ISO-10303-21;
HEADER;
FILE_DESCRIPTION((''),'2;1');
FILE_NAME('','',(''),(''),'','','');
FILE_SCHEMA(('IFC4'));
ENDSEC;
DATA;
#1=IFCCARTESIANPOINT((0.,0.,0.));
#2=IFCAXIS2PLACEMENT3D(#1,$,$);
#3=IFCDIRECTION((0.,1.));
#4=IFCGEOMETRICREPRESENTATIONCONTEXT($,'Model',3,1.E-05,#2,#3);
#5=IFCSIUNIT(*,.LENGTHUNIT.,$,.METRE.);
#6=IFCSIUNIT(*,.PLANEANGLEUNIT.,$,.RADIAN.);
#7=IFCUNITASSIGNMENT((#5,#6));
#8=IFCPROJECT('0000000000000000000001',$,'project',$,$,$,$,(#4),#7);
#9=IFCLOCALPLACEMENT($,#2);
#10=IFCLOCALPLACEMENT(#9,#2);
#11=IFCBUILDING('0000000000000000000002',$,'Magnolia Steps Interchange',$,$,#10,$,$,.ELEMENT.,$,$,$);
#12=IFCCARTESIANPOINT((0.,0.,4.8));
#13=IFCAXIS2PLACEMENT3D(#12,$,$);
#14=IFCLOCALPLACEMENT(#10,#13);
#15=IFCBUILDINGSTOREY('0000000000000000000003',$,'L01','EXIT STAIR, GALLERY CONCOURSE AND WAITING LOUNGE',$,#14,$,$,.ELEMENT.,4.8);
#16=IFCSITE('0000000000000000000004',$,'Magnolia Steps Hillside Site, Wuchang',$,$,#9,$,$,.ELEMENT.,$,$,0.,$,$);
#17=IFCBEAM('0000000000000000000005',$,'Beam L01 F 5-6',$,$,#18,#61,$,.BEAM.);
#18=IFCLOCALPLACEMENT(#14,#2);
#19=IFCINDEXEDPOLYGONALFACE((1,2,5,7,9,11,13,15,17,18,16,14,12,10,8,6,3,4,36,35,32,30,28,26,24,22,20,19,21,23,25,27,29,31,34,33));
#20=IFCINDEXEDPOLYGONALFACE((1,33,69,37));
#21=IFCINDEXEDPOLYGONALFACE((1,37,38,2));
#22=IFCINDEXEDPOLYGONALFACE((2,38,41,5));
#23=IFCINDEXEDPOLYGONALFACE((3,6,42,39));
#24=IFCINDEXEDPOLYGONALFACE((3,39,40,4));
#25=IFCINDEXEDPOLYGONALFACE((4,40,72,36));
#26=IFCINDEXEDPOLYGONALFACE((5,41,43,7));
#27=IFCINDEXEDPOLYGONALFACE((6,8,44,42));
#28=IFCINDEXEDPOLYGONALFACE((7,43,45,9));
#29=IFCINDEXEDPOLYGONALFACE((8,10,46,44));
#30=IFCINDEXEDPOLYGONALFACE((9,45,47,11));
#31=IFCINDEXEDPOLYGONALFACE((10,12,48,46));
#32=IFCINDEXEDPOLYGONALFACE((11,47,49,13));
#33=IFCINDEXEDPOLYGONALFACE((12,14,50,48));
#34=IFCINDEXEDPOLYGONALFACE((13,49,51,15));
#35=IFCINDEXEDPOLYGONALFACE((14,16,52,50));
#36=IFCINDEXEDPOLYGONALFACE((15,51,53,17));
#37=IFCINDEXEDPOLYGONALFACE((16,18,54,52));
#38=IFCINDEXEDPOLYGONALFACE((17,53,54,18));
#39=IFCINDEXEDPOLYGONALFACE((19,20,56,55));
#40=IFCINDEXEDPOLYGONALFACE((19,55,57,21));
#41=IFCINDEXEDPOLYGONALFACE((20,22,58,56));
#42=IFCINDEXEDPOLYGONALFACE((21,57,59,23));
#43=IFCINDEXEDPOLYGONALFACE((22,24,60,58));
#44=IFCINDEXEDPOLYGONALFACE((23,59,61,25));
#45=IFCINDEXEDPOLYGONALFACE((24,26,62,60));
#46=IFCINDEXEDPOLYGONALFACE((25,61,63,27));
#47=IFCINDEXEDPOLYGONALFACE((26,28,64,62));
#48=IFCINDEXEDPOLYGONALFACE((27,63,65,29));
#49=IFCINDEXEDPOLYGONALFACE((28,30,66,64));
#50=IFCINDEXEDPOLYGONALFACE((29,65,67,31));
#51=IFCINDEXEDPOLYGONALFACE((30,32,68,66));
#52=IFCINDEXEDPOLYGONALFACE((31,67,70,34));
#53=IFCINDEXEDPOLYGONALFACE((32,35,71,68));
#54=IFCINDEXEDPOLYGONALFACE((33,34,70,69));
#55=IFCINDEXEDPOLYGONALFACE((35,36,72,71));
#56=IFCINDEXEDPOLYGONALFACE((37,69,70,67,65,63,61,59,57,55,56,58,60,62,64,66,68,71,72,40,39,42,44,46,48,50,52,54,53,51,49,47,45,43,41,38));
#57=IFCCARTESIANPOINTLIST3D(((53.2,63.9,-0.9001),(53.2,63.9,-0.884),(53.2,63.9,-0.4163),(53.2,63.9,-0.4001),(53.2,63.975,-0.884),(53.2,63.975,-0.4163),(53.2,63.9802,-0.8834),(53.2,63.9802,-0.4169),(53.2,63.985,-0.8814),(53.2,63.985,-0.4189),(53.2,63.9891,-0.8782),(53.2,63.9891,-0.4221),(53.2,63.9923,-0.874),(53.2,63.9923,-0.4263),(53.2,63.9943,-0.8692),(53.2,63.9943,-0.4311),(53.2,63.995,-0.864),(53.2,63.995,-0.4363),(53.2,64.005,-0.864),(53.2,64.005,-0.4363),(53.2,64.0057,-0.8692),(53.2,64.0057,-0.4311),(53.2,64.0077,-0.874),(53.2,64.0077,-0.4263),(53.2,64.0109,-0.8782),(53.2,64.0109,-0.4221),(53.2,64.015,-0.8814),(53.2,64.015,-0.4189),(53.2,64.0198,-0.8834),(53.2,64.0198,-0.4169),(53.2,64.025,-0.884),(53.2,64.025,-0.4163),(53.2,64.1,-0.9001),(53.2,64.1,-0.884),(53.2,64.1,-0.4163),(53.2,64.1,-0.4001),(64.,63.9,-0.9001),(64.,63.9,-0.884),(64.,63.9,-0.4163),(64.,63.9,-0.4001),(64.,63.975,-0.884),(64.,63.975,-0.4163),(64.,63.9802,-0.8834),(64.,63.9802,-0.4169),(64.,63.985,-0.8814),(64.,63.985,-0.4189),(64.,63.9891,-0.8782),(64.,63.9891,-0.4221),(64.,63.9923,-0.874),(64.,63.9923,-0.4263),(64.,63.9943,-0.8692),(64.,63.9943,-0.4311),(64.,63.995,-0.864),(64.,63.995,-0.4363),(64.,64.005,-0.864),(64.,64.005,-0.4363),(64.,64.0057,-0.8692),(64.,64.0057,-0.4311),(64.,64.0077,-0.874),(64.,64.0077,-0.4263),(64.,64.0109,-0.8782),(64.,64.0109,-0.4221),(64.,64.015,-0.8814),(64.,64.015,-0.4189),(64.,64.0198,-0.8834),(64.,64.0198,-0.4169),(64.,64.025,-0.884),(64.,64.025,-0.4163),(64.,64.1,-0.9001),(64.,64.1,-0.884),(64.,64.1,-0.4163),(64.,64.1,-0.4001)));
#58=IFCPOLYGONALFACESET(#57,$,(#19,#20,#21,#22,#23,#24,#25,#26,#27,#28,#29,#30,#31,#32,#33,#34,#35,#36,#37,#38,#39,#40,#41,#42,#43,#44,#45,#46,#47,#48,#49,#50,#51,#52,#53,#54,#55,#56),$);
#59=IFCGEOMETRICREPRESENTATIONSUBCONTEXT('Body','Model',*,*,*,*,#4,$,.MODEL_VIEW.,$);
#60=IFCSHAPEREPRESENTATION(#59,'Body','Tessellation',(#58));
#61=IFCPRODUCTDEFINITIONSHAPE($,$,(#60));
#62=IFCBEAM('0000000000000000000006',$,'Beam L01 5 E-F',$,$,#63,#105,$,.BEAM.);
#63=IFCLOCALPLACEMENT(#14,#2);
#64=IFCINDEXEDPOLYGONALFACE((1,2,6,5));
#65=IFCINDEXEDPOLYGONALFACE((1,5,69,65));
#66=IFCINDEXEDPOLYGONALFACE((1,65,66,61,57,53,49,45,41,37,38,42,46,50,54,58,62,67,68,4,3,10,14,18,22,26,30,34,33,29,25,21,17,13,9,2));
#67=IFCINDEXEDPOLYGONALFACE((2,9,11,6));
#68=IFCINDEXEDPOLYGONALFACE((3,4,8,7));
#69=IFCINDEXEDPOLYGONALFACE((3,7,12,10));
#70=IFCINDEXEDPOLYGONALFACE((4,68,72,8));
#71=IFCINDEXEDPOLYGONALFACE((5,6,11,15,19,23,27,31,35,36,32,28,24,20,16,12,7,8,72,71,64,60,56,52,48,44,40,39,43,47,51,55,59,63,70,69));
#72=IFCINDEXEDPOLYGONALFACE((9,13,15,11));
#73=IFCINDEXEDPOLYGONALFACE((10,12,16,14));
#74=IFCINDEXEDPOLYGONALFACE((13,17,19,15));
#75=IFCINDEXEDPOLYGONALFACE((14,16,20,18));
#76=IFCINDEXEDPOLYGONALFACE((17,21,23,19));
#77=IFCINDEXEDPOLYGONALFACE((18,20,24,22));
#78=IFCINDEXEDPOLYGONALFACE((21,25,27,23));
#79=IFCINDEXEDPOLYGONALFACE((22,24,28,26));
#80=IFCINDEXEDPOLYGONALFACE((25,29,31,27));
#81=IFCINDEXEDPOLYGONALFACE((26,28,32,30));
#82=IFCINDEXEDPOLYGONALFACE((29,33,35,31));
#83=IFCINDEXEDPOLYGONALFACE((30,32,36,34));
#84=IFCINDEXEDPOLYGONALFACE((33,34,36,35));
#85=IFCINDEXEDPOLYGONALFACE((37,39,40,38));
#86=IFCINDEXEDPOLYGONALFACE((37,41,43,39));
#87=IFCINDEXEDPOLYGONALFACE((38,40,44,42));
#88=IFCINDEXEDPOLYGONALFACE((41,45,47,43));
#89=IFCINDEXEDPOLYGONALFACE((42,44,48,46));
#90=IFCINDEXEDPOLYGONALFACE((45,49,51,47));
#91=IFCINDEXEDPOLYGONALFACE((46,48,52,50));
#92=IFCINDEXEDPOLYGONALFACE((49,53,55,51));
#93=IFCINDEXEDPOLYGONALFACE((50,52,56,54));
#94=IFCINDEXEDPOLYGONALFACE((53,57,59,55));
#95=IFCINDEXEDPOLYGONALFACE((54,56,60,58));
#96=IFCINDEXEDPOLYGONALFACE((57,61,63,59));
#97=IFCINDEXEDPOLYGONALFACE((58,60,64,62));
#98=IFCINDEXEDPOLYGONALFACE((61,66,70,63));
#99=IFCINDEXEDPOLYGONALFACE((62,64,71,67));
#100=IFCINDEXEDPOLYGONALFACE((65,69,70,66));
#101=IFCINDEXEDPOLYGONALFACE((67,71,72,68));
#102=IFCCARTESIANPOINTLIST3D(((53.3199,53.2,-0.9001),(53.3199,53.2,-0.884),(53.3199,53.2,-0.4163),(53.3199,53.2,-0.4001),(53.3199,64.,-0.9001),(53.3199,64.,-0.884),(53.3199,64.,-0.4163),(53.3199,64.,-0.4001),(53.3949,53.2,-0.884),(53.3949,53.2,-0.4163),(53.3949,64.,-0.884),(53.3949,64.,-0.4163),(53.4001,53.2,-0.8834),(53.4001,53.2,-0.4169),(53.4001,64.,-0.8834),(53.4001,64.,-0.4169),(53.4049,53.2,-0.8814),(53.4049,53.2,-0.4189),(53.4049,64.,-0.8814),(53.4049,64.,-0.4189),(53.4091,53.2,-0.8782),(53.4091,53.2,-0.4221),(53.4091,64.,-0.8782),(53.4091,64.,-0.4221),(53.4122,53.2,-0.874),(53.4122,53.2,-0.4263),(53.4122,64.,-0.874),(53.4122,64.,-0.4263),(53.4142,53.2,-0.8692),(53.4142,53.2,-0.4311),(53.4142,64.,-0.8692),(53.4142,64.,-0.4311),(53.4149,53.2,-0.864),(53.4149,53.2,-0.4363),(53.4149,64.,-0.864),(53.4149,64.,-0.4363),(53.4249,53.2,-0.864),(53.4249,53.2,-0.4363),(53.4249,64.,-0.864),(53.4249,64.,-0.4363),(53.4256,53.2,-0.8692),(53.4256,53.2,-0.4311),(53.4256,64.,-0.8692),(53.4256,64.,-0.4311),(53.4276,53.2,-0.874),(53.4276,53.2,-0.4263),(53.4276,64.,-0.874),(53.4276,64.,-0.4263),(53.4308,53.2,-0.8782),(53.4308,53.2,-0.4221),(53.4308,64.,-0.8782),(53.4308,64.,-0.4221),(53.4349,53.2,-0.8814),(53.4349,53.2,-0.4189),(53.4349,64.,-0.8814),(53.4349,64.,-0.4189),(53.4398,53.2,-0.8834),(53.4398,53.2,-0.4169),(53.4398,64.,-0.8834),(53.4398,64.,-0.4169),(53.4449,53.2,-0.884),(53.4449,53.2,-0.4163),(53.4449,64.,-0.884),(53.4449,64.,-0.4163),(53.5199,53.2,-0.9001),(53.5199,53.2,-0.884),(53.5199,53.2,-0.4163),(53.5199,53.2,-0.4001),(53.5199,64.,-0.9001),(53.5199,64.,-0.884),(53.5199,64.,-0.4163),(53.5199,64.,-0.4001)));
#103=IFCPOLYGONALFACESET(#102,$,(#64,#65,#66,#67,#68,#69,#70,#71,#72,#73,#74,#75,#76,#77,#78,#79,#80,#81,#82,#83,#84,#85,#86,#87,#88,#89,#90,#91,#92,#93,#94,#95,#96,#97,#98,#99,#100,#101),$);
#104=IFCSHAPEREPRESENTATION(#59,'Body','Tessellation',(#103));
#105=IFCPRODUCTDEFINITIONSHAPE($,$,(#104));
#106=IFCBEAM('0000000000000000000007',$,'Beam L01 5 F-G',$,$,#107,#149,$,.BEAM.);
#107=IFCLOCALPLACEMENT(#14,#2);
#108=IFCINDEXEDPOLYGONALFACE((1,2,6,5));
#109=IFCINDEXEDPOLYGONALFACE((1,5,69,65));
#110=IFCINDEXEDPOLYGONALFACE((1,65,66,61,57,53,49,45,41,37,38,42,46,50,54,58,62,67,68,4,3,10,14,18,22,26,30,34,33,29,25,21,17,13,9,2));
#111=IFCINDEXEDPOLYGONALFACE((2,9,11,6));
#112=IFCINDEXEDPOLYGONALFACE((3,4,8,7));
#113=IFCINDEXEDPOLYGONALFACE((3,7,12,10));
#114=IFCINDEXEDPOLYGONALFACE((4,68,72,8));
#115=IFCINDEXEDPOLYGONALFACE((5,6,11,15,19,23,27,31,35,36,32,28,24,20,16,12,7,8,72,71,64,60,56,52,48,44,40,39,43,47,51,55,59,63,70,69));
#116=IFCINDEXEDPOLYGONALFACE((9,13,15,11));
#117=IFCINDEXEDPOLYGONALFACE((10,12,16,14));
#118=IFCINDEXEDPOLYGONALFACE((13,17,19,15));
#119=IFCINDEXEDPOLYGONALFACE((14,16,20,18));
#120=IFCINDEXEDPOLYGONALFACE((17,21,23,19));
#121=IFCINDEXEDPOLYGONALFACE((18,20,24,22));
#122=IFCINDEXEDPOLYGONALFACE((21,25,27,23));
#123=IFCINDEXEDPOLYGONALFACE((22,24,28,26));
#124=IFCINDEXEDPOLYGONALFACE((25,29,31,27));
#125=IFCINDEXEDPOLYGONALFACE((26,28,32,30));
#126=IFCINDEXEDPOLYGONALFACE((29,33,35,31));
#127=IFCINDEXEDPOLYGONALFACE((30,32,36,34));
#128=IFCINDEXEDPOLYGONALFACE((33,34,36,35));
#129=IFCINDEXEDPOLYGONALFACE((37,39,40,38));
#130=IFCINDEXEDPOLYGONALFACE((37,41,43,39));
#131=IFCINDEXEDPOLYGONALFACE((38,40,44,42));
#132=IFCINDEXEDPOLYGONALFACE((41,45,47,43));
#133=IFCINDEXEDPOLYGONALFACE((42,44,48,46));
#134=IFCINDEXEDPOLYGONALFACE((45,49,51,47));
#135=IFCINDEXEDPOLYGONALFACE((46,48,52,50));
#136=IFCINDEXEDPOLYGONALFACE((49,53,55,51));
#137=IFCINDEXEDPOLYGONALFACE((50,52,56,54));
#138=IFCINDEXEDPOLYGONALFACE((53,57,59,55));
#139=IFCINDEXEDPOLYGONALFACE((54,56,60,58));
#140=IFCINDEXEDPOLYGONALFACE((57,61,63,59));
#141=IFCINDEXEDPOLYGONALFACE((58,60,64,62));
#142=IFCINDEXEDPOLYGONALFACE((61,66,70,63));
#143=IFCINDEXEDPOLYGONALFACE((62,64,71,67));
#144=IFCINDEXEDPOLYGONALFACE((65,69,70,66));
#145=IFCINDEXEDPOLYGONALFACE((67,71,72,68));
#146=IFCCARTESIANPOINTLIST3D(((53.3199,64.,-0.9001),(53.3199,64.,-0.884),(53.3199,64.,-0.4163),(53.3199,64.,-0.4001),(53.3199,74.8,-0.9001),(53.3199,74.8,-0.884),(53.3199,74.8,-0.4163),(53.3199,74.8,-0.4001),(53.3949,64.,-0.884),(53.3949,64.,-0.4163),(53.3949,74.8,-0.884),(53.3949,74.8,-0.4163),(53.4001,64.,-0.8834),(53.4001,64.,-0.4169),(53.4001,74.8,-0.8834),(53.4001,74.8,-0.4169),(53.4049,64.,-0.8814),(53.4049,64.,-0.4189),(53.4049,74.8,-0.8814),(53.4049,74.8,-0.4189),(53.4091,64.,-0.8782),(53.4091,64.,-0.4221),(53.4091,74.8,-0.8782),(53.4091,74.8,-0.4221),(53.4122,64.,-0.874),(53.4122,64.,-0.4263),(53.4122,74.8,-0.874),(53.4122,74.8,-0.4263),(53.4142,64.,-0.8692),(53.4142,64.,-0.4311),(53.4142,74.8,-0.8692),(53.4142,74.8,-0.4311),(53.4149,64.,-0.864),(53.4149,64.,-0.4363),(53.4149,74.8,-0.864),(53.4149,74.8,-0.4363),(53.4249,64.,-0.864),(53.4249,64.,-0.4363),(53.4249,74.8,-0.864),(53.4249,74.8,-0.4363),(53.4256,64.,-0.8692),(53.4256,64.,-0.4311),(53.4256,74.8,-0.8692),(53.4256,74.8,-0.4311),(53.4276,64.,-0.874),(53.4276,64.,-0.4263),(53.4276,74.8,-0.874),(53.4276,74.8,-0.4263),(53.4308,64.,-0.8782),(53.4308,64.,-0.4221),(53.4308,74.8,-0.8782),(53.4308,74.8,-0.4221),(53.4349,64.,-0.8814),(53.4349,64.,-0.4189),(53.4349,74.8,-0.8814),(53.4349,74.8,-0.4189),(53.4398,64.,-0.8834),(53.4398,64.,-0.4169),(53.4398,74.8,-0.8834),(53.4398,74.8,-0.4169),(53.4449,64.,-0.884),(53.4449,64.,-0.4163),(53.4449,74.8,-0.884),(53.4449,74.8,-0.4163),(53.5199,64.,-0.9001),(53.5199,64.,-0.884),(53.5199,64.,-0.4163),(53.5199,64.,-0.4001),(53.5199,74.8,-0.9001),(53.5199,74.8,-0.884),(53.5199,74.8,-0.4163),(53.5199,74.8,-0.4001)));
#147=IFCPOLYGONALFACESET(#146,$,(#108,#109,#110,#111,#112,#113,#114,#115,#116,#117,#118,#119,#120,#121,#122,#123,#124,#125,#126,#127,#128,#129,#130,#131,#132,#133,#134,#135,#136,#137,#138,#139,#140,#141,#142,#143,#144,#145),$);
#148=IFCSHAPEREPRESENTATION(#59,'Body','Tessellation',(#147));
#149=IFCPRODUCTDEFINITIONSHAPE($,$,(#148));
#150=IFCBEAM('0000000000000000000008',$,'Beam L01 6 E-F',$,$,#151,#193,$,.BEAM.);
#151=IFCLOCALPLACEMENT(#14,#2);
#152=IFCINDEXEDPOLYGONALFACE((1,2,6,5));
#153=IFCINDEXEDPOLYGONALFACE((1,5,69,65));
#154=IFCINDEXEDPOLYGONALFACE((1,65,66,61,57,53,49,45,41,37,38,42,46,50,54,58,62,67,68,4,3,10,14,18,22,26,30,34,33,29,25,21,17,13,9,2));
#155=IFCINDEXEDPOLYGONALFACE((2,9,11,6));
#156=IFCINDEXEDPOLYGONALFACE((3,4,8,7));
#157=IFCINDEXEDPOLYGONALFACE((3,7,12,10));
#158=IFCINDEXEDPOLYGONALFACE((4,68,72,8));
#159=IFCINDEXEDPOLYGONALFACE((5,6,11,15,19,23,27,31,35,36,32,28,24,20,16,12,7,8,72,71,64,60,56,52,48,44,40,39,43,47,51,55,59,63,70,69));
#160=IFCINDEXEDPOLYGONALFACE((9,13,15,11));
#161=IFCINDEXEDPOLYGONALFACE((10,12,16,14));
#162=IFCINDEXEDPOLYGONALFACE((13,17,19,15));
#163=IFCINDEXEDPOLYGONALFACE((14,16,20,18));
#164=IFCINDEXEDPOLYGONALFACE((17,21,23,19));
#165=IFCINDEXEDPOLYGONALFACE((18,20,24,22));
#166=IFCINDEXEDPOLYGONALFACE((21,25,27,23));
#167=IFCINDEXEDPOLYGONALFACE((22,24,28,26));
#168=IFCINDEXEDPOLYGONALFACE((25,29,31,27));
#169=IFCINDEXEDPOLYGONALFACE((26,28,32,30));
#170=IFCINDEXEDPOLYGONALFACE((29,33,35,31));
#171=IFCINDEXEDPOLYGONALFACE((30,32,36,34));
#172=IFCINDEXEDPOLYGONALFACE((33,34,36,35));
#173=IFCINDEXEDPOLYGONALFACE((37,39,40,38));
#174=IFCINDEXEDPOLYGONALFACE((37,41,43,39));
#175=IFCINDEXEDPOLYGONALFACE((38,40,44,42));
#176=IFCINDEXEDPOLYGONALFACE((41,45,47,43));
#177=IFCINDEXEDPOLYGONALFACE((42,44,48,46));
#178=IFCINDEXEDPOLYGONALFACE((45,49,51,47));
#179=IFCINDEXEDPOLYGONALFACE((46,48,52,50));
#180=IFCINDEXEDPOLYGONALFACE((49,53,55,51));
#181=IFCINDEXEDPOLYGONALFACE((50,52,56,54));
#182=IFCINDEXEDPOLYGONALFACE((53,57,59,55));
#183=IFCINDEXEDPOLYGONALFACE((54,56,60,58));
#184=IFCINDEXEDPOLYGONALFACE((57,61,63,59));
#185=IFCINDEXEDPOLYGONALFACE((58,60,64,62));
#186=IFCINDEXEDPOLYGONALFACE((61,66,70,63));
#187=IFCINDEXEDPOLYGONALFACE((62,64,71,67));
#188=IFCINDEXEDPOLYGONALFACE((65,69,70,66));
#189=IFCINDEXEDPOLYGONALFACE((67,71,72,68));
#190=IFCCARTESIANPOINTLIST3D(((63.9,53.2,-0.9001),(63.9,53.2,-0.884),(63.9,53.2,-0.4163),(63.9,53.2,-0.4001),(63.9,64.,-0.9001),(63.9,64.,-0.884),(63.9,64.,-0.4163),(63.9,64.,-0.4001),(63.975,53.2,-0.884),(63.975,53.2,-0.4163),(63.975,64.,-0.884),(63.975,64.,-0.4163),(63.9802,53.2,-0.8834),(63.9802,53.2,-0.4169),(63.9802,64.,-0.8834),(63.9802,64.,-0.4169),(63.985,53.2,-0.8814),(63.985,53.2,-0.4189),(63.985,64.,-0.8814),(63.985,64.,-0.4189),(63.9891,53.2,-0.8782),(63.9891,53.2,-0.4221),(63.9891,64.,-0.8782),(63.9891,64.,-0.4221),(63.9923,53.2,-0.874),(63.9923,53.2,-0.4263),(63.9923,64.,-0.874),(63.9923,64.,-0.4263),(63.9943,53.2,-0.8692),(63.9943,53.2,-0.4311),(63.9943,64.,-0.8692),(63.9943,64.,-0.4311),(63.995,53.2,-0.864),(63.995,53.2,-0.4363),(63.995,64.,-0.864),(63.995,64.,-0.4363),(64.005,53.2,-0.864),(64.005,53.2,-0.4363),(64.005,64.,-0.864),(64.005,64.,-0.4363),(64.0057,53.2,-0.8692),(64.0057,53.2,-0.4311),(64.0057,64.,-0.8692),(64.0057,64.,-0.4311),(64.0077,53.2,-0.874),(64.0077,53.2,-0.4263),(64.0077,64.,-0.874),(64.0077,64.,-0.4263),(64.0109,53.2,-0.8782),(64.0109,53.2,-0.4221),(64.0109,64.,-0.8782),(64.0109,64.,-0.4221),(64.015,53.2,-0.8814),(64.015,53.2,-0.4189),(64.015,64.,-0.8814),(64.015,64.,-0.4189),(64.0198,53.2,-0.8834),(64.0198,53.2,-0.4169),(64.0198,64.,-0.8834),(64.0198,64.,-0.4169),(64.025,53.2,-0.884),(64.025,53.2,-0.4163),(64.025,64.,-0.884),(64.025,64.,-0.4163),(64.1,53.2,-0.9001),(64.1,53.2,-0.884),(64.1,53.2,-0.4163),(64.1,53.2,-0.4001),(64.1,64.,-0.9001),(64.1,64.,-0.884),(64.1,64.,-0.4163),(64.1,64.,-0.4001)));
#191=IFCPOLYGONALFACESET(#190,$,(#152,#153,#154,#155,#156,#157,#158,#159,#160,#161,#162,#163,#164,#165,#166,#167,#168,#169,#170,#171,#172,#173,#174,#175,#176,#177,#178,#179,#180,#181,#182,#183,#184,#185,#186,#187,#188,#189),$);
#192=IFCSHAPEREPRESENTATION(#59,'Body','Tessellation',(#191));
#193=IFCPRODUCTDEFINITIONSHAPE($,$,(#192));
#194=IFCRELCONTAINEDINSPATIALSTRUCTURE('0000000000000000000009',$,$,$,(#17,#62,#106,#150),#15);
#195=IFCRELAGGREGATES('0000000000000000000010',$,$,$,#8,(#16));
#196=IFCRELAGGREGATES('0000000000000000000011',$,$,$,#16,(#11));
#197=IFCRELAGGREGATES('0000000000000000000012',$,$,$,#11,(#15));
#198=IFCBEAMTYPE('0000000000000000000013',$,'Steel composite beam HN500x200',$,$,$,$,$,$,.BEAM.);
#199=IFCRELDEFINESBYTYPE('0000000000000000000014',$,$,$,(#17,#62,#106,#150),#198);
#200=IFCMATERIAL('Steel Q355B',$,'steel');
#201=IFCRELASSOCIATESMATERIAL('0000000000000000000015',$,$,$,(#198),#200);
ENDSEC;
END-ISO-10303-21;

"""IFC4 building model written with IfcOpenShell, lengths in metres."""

from ifc_helpers import new_model, si_unit, direction, frame, origin, origin_2d, place, context, subcontext, project, spatial, i_section, extrude, material, material_profile, profile_set, type_object, element, save


model = new_model("IFC4")

# Units and contexts
model_context = context("Model", 3, precision=1e-05, world=origin(), true_north=direction((0.0, 1.0)))
body_context = subcontext(model_context, "Body", "Model", "MODEL_VIEW")
ifc_project = project(units=[si_unit("LENGTHUNIT", "METRE"), si_unit("PLANEANGLEUNIT", "RADIAN")], contexts=[model_context])

# Site, building, storey
site_placement = place(None, origin())
site = spatial("IfcSite", under=ifc_project, at=site_placement, Name="Magnolia Steps Hillside Site, Wuchang", CompositionType="ELEMENT", RefElevation=0.0)
building_placement = place(site_placement, origin())
building = spatial("IfcBuilding", under=site, at=building_placement, Name="Magnolia Steps Interchange", CompositionType="ELEMENT")
storey_placement = place(building_placement, frame((0.0, 0.0, 4.8)))
storey = spatial("IfcBuildingStorey", under=building, at=storey_placement, Name="L01", Description="EXIT STAIR, GALLERY CONCOURSE AND WAITING LOUNGE", CompositionType="ELEMENT", Elevation=4.8)

# Beams
ifc_material_1 = material(Name="Steel Q355B", Category="steel")
ifc_material_profile_1 = material_profile(ifc_material_1, i_section(OverallWidth=0.2, OverallDepth=0.5, WebThickness=0.01, FlangeThickness=0.0161, FilletRadius=0.02, at=origin_2d()), Name="HN500x200")
ifc_profile_set_1 = profile_set([ifc_material_profile_1], Name="Steel Q355B")
beam_type = type_object("IfcBeamType", Name="Steel composite beam HN500x200", PredefinedType="BEAM", material=ifc_profile_set_1)
for number, where, z_axis, x_axis, name in (
    (1, (53.2, 64.0, -0.6501), (1.0, 0.0, 0.0), (0.0, 1.0, 0.0), "Beam L01 F 5-6"),
    (2, (53.4199, 53.2, -0.6501), (0.0, 1.0, 0.0), (-1.0, 0.0, 0.0), "Beam L01 5 E-F"),
    (3, (53.4199, 64.0, -0.6501), (0.0, 1.0, 0.0), (-1.0, 0.0, 0.0), "Beam L01 5 F-G"),
    (4, (64.0, 53.2, -0.6501), (0.0, 1.0, 0.0), (-1.0, 0.0, 0.0), "Beam L01 6 E-F"),
):
    element("IfcBeam", number, at=place(storey_placement, frame(where, z_axis=z_axis, x_axis=x_axis)), inside=storey, type_object=beam_type, Name=name, PredefinedType="BEAM", context=body_context, shape_type="SweptSolid", body=[
        extrude(i_section(OverallWidth=0.2, OverallDepth=0.5, WebThickness=0.01, FlangeThickness=0.0161, FilletRadius=0.02, at=origin_2d()), origin(), (0.0, 0.0, 1.0), 10.8),
    ])

save(model, "model.ifc")
